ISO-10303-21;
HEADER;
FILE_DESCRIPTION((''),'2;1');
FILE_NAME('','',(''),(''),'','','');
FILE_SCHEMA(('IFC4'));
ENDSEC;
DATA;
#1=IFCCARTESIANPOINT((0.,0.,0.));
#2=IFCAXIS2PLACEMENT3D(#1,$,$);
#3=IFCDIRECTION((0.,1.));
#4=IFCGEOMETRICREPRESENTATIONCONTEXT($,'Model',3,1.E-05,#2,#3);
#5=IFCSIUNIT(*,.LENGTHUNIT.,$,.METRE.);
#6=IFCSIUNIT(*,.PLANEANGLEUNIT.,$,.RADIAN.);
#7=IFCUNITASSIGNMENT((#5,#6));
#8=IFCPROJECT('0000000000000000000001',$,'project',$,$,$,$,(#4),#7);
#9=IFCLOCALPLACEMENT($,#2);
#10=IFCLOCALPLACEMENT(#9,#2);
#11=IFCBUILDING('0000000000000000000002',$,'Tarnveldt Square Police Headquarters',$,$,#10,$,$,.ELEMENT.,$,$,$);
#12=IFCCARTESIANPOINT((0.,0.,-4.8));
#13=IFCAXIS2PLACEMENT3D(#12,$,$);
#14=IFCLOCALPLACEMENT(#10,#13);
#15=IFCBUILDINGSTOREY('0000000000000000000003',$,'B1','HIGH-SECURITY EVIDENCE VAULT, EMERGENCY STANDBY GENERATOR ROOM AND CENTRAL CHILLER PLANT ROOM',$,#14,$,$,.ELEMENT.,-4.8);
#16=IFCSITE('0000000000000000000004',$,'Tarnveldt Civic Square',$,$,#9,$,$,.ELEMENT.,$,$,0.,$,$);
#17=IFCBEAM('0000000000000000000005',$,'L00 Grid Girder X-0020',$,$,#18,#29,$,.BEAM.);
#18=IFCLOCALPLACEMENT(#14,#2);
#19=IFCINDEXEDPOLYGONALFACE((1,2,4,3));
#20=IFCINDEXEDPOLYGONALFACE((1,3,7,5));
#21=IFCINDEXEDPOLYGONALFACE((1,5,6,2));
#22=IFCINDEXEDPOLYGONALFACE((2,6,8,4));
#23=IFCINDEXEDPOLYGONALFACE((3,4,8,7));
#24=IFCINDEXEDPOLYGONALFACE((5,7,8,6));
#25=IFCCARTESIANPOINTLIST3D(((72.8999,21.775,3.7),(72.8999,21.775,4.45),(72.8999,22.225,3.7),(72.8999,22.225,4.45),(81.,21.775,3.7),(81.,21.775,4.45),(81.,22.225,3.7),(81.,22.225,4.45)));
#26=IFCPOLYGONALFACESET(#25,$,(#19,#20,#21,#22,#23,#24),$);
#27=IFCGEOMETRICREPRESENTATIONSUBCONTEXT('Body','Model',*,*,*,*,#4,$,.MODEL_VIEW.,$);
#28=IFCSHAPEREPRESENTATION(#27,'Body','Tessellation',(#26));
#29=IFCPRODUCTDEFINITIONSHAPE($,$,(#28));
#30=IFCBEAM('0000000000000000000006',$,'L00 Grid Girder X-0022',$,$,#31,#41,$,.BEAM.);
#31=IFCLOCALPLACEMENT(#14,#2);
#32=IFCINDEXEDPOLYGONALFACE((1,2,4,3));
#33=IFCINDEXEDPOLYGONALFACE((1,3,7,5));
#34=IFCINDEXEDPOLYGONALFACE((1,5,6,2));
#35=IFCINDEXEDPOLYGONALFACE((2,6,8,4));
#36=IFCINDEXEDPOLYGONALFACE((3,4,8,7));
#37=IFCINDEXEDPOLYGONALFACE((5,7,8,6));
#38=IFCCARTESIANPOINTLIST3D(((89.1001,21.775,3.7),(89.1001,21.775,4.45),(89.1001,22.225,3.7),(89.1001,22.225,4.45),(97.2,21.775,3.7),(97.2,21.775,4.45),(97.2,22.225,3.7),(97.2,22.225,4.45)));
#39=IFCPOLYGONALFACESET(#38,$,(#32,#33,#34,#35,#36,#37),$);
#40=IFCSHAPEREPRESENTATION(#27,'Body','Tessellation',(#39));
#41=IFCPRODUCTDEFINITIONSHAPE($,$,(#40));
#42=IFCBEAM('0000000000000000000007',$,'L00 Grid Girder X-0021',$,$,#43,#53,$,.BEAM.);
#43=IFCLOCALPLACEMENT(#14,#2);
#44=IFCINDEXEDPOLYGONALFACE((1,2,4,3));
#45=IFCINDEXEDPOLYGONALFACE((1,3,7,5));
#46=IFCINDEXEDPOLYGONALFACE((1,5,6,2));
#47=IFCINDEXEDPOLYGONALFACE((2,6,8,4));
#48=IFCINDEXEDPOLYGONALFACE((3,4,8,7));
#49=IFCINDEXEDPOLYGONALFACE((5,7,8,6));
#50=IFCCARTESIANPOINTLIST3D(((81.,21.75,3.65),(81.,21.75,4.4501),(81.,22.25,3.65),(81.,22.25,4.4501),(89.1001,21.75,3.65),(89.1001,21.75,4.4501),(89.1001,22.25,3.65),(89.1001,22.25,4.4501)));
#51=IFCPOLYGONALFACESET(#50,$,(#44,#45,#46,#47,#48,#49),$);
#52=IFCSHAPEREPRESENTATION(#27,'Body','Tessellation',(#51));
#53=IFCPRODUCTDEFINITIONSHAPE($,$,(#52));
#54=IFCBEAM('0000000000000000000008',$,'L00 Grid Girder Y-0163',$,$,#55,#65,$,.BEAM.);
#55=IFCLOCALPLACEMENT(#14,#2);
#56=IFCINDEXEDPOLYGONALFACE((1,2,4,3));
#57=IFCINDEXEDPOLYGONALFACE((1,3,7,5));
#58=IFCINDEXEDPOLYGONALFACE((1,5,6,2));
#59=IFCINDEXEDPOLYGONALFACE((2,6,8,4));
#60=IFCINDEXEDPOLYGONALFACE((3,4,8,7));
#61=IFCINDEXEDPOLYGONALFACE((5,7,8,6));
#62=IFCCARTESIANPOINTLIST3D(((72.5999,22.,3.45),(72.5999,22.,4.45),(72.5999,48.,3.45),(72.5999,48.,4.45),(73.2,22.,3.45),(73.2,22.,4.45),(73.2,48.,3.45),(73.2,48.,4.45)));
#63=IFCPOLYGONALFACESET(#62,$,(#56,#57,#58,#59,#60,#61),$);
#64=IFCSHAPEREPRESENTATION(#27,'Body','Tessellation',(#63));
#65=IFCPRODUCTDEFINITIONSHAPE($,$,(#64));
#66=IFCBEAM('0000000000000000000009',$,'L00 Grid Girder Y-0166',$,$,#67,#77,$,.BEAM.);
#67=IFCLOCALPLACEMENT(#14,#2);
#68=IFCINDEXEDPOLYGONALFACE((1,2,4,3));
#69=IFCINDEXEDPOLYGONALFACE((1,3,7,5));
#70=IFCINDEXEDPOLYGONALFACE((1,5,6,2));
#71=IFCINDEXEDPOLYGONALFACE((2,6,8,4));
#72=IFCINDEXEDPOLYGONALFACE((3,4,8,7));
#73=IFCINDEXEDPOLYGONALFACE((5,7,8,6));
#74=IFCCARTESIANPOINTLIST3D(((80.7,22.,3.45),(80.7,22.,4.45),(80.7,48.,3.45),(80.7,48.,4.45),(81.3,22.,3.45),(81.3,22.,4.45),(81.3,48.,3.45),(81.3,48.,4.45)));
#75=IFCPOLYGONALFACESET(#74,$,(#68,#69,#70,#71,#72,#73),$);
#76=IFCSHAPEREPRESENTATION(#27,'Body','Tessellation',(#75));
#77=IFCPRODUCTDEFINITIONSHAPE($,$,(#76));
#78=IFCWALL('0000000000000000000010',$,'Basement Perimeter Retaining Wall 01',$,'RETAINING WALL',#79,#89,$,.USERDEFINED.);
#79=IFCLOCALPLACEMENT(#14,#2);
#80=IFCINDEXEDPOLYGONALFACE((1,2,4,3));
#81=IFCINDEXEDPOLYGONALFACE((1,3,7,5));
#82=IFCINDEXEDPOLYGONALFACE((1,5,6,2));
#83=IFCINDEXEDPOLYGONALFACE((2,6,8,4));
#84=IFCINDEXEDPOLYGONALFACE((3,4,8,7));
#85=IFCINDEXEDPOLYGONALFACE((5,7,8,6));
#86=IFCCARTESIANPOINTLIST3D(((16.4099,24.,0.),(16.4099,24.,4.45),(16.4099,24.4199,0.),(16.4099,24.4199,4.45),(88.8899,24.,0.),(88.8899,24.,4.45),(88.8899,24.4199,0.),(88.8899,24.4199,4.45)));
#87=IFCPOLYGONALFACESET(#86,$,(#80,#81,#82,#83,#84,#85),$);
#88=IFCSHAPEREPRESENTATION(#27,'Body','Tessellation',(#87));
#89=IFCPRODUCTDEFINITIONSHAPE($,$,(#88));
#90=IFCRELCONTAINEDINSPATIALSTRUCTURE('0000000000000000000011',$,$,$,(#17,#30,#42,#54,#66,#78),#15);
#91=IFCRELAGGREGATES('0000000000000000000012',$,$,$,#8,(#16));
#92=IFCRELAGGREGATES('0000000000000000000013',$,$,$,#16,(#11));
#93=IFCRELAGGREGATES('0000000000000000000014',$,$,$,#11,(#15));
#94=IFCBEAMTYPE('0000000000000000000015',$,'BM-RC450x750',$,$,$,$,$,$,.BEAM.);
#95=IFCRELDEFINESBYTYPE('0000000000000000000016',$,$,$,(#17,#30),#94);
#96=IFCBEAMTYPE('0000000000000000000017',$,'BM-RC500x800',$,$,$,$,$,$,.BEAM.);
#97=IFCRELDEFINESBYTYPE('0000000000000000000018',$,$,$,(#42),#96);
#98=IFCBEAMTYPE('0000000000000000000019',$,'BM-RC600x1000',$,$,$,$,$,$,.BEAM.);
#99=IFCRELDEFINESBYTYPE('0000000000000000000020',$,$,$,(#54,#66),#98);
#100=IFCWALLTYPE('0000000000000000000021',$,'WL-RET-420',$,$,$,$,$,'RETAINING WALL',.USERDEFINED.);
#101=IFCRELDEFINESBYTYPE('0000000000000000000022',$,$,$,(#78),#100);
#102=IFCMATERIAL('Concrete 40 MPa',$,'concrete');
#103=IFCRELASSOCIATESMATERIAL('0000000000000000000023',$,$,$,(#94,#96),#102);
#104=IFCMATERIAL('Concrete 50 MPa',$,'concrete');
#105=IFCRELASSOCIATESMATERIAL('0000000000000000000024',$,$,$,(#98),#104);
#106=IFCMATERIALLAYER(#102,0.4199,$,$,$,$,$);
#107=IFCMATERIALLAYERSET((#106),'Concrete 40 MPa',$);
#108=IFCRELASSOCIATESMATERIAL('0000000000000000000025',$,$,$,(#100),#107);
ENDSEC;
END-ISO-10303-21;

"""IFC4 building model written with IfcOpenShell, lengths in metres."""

from ifc_helpers import new_model, si_unit, direction, frame, frame_2d, origin, origin_2d, place, context, subcontext, project, spatial, rectangle, extrude, material, layer, layer_set, material_profile, profile_set, type_object, element, save


model = new_model("IFC4")

# Units and contexts
model_context = context("Model", 3, precision=1e-05, world=origin(), true_north=direction((0.0, 1.0)))
body_context = subcontext(model_context, "Body", "Model", "MODEL_VIEW")
ifc_project = project(units=[si_unit("LENGTHUNIT", "METRE"), si_unit("PLANEANGLEUNIT", "RADIAN")], contexts=[model_context])

# Site, building, storey
site_placement = place(None, origin())
site = spatial("IfcSite", under=ifc_project, at=site_placement, Name="Tarnveldt Civic Square", CompositionType="ELEMENT", RefElevation=0.0)
building_placement = place(site_placement, origin())
building = spatial("IfcBuilding", under=site, at=building_placement, Name="Tarnveldt Square Police Headquarters", CompositionType="ELEMENT")
storey_placement = place(building_placement, frame((0.0, 0.0, -4.8)))
storey = spatial("IfcBuildingStorey", under=building, at=storey_placement, Name="B1", Description="HIGH-SECURITY EVIDENCE VAULT, EMERGENCY STANDBY GENERATOR ROOM AND CENTRAL CHILLER PLANT ROOM", CompositionType="ELEMENT", Elevation=-4.8)

# Shared definitions
ifc_material_1 = material(Name="Concrete 40 MPa", Category="concrete")

# Shared definitions
ifc_material_2 = material(Name="Concrete 50 MPa", Category="concrete")

# Beams
ifc_material_profile_1 = material_profile(ifc_material_1, rectangle(XDim=0.45, YDim=0.75, at=origin_2d()), Name="RC-B450x750")
ifc_profile_set_1 = profile_set([ifc_material_profile_1], Name="Concrete 40 MPa")
beam_type_1 = type_object("IfcBeamType", Name="BM-RC450x750", PredefinedType="BEAM", material=ifc_profile_set_1)
beam_1_placement = place(storey_placement, frame((72.8999, 22.0, 4.075), z_axis=(1.0, 0.0, 0.0), x_axis=(0.0, 1.0, 0.0)))
element("IfcBeam", 1, at=beam_1_placement, inside=storey, type_object=beam_type_1, Name="L00 Grid Girder X-0020", PredefinedType="BEAM", context=body_context, shape_type="SweptSolid", body=[
    extrude(rectangle(XDim=0.45, YDim=0.75, at=origin_2d()), origin(), (0.0, 0.0, 1.0), 8.1001),
])
beam_2_placement = place(storey_placement, frame((89.1001, 22.0, 4.075), z_axis=(1.0, 0.0, 0.0), x_axis=(0.0, 1.0, 0.0)))
element("IfcBeam", 2, at=beam_2_placement, inside=storey, type_object=beam_type_1, Name="L00 Grid Girder X-0022", PredefinedType="BEAM", context=body_context, shape_type="SweptSolid", body=[
    extrude(rectangle(XDim=0.45, YDim=0.75, at=origin_2d()), origin(), (0.0, 0.0, 1.0), 8.0999),
])
ifc_material_profile_2 = material_profile(ifc_material_1, rectangle(XDim=0.5, YDim=0.8, at=origin_2d()), Name="RC-B500x800")
ifc_profile_set_2 = profile_set([ifc_material_profile_2], Name="Concrete 40 MPa")
beam_type_2 = type_object("IfcBeamType", Name="BM-RC500x800", PredefinedType="BEAM", material=ifc_profile_set_2)
beam_3_placement = place(storey_placement, frame((81.0, 22.0, 4.05), z_axis=(1.0, 0.0, 0.0), x_axis=(0.0, 1.0, 0.0)))
element("IfcBeam", 3, at=beam_3_placement, inside=storey, type_object=beam_type_2, Name="L00 Grid Girder X-0021", PredefinedType="BEAM", context=body_context, shape_type="SweptSolid", body=[
    extrude(rectangle(XDim=0.5, YDim=0.8, at=origin_2d()), origin(), (0.0, 0.0, 1.0), 8.1001),
])
ifc_material_profile_3 = material_profile(ifc_material_2, rectangle(XDim=0.6001, YDim=1.0, at=origin_2d()), Name="RC-B600x1000")
ifc_profile_set_3 = profile_set([ifc_material_profile_3], Name="Concrete 50 MPa")
beam_type_3 = type_object("IfcBeamType", Name="BM-RC600x1000", PredefinedType="BEAM", material=ifc_profile_set_3)
for number, where, z_axis, x_axis, name in (
    (4, (72.8999, 22.0, 3.95), (0.0, 1.0, 0.0), (-1.0, 0.0, 0.0), "L00 Grid Girder Y-0163"),
    (5, (81.0, 22.0, 3.95), (0.0, 1.0, 0.0), (-1.0, 0.0, 0.0), "L00 Grid Girder Y-0166"),
):
    element("IfcBeam", number, at=place(storey_placement, frame(where, z_axis=z_axis, x_axis=x_axis)), inside=storey, type_object=beam_type_3, Name=name, PredefinedType="BEAM", context=body_context, shape_type="SweptSolid", body=[
        extrude(rectangle(XDim=0.6001, YDim=1.0, at=origin_2d()), origin(), (0.0, 0.0, 1.0), 26.0),
    ])

# Wall
ifc_layer = layer(ifc_material_1, 0.4199)
ifc_layer_set = layer_set([ifc_layer], Name="Concrete 40 MPa")
wall_type = type_object("IfcWallType", Name="WL-RET-420", ElementType="RETAINING WALL", PredefinedType="USERDEFINED", material=ifc_layer_set)
wall_placement = place(storey_placement, frame((88.8899, 24.21, 0.0), z_axis=(0.0, 0.0, 1.0), x_axis=(-1.0, 0.0, 0.0)))
element("IfcWall", 6, at=wall_placement, inside=storey, type_object=wall_type, Name="Basement Perimeter Retaining Wall 01", ObjectType="RETAINING WALL", PredefinedType="USERDEFINED", context=body_context, shape_type="SweptSolid", body=[
    extrude(rectangle(XDim=72.48, YDim=0.4199, at=frame_2d((36.24, 0.0))), origin(), (0.0, 0.0, 1.0), 4.45),
])

save(model, "model.ifc")
